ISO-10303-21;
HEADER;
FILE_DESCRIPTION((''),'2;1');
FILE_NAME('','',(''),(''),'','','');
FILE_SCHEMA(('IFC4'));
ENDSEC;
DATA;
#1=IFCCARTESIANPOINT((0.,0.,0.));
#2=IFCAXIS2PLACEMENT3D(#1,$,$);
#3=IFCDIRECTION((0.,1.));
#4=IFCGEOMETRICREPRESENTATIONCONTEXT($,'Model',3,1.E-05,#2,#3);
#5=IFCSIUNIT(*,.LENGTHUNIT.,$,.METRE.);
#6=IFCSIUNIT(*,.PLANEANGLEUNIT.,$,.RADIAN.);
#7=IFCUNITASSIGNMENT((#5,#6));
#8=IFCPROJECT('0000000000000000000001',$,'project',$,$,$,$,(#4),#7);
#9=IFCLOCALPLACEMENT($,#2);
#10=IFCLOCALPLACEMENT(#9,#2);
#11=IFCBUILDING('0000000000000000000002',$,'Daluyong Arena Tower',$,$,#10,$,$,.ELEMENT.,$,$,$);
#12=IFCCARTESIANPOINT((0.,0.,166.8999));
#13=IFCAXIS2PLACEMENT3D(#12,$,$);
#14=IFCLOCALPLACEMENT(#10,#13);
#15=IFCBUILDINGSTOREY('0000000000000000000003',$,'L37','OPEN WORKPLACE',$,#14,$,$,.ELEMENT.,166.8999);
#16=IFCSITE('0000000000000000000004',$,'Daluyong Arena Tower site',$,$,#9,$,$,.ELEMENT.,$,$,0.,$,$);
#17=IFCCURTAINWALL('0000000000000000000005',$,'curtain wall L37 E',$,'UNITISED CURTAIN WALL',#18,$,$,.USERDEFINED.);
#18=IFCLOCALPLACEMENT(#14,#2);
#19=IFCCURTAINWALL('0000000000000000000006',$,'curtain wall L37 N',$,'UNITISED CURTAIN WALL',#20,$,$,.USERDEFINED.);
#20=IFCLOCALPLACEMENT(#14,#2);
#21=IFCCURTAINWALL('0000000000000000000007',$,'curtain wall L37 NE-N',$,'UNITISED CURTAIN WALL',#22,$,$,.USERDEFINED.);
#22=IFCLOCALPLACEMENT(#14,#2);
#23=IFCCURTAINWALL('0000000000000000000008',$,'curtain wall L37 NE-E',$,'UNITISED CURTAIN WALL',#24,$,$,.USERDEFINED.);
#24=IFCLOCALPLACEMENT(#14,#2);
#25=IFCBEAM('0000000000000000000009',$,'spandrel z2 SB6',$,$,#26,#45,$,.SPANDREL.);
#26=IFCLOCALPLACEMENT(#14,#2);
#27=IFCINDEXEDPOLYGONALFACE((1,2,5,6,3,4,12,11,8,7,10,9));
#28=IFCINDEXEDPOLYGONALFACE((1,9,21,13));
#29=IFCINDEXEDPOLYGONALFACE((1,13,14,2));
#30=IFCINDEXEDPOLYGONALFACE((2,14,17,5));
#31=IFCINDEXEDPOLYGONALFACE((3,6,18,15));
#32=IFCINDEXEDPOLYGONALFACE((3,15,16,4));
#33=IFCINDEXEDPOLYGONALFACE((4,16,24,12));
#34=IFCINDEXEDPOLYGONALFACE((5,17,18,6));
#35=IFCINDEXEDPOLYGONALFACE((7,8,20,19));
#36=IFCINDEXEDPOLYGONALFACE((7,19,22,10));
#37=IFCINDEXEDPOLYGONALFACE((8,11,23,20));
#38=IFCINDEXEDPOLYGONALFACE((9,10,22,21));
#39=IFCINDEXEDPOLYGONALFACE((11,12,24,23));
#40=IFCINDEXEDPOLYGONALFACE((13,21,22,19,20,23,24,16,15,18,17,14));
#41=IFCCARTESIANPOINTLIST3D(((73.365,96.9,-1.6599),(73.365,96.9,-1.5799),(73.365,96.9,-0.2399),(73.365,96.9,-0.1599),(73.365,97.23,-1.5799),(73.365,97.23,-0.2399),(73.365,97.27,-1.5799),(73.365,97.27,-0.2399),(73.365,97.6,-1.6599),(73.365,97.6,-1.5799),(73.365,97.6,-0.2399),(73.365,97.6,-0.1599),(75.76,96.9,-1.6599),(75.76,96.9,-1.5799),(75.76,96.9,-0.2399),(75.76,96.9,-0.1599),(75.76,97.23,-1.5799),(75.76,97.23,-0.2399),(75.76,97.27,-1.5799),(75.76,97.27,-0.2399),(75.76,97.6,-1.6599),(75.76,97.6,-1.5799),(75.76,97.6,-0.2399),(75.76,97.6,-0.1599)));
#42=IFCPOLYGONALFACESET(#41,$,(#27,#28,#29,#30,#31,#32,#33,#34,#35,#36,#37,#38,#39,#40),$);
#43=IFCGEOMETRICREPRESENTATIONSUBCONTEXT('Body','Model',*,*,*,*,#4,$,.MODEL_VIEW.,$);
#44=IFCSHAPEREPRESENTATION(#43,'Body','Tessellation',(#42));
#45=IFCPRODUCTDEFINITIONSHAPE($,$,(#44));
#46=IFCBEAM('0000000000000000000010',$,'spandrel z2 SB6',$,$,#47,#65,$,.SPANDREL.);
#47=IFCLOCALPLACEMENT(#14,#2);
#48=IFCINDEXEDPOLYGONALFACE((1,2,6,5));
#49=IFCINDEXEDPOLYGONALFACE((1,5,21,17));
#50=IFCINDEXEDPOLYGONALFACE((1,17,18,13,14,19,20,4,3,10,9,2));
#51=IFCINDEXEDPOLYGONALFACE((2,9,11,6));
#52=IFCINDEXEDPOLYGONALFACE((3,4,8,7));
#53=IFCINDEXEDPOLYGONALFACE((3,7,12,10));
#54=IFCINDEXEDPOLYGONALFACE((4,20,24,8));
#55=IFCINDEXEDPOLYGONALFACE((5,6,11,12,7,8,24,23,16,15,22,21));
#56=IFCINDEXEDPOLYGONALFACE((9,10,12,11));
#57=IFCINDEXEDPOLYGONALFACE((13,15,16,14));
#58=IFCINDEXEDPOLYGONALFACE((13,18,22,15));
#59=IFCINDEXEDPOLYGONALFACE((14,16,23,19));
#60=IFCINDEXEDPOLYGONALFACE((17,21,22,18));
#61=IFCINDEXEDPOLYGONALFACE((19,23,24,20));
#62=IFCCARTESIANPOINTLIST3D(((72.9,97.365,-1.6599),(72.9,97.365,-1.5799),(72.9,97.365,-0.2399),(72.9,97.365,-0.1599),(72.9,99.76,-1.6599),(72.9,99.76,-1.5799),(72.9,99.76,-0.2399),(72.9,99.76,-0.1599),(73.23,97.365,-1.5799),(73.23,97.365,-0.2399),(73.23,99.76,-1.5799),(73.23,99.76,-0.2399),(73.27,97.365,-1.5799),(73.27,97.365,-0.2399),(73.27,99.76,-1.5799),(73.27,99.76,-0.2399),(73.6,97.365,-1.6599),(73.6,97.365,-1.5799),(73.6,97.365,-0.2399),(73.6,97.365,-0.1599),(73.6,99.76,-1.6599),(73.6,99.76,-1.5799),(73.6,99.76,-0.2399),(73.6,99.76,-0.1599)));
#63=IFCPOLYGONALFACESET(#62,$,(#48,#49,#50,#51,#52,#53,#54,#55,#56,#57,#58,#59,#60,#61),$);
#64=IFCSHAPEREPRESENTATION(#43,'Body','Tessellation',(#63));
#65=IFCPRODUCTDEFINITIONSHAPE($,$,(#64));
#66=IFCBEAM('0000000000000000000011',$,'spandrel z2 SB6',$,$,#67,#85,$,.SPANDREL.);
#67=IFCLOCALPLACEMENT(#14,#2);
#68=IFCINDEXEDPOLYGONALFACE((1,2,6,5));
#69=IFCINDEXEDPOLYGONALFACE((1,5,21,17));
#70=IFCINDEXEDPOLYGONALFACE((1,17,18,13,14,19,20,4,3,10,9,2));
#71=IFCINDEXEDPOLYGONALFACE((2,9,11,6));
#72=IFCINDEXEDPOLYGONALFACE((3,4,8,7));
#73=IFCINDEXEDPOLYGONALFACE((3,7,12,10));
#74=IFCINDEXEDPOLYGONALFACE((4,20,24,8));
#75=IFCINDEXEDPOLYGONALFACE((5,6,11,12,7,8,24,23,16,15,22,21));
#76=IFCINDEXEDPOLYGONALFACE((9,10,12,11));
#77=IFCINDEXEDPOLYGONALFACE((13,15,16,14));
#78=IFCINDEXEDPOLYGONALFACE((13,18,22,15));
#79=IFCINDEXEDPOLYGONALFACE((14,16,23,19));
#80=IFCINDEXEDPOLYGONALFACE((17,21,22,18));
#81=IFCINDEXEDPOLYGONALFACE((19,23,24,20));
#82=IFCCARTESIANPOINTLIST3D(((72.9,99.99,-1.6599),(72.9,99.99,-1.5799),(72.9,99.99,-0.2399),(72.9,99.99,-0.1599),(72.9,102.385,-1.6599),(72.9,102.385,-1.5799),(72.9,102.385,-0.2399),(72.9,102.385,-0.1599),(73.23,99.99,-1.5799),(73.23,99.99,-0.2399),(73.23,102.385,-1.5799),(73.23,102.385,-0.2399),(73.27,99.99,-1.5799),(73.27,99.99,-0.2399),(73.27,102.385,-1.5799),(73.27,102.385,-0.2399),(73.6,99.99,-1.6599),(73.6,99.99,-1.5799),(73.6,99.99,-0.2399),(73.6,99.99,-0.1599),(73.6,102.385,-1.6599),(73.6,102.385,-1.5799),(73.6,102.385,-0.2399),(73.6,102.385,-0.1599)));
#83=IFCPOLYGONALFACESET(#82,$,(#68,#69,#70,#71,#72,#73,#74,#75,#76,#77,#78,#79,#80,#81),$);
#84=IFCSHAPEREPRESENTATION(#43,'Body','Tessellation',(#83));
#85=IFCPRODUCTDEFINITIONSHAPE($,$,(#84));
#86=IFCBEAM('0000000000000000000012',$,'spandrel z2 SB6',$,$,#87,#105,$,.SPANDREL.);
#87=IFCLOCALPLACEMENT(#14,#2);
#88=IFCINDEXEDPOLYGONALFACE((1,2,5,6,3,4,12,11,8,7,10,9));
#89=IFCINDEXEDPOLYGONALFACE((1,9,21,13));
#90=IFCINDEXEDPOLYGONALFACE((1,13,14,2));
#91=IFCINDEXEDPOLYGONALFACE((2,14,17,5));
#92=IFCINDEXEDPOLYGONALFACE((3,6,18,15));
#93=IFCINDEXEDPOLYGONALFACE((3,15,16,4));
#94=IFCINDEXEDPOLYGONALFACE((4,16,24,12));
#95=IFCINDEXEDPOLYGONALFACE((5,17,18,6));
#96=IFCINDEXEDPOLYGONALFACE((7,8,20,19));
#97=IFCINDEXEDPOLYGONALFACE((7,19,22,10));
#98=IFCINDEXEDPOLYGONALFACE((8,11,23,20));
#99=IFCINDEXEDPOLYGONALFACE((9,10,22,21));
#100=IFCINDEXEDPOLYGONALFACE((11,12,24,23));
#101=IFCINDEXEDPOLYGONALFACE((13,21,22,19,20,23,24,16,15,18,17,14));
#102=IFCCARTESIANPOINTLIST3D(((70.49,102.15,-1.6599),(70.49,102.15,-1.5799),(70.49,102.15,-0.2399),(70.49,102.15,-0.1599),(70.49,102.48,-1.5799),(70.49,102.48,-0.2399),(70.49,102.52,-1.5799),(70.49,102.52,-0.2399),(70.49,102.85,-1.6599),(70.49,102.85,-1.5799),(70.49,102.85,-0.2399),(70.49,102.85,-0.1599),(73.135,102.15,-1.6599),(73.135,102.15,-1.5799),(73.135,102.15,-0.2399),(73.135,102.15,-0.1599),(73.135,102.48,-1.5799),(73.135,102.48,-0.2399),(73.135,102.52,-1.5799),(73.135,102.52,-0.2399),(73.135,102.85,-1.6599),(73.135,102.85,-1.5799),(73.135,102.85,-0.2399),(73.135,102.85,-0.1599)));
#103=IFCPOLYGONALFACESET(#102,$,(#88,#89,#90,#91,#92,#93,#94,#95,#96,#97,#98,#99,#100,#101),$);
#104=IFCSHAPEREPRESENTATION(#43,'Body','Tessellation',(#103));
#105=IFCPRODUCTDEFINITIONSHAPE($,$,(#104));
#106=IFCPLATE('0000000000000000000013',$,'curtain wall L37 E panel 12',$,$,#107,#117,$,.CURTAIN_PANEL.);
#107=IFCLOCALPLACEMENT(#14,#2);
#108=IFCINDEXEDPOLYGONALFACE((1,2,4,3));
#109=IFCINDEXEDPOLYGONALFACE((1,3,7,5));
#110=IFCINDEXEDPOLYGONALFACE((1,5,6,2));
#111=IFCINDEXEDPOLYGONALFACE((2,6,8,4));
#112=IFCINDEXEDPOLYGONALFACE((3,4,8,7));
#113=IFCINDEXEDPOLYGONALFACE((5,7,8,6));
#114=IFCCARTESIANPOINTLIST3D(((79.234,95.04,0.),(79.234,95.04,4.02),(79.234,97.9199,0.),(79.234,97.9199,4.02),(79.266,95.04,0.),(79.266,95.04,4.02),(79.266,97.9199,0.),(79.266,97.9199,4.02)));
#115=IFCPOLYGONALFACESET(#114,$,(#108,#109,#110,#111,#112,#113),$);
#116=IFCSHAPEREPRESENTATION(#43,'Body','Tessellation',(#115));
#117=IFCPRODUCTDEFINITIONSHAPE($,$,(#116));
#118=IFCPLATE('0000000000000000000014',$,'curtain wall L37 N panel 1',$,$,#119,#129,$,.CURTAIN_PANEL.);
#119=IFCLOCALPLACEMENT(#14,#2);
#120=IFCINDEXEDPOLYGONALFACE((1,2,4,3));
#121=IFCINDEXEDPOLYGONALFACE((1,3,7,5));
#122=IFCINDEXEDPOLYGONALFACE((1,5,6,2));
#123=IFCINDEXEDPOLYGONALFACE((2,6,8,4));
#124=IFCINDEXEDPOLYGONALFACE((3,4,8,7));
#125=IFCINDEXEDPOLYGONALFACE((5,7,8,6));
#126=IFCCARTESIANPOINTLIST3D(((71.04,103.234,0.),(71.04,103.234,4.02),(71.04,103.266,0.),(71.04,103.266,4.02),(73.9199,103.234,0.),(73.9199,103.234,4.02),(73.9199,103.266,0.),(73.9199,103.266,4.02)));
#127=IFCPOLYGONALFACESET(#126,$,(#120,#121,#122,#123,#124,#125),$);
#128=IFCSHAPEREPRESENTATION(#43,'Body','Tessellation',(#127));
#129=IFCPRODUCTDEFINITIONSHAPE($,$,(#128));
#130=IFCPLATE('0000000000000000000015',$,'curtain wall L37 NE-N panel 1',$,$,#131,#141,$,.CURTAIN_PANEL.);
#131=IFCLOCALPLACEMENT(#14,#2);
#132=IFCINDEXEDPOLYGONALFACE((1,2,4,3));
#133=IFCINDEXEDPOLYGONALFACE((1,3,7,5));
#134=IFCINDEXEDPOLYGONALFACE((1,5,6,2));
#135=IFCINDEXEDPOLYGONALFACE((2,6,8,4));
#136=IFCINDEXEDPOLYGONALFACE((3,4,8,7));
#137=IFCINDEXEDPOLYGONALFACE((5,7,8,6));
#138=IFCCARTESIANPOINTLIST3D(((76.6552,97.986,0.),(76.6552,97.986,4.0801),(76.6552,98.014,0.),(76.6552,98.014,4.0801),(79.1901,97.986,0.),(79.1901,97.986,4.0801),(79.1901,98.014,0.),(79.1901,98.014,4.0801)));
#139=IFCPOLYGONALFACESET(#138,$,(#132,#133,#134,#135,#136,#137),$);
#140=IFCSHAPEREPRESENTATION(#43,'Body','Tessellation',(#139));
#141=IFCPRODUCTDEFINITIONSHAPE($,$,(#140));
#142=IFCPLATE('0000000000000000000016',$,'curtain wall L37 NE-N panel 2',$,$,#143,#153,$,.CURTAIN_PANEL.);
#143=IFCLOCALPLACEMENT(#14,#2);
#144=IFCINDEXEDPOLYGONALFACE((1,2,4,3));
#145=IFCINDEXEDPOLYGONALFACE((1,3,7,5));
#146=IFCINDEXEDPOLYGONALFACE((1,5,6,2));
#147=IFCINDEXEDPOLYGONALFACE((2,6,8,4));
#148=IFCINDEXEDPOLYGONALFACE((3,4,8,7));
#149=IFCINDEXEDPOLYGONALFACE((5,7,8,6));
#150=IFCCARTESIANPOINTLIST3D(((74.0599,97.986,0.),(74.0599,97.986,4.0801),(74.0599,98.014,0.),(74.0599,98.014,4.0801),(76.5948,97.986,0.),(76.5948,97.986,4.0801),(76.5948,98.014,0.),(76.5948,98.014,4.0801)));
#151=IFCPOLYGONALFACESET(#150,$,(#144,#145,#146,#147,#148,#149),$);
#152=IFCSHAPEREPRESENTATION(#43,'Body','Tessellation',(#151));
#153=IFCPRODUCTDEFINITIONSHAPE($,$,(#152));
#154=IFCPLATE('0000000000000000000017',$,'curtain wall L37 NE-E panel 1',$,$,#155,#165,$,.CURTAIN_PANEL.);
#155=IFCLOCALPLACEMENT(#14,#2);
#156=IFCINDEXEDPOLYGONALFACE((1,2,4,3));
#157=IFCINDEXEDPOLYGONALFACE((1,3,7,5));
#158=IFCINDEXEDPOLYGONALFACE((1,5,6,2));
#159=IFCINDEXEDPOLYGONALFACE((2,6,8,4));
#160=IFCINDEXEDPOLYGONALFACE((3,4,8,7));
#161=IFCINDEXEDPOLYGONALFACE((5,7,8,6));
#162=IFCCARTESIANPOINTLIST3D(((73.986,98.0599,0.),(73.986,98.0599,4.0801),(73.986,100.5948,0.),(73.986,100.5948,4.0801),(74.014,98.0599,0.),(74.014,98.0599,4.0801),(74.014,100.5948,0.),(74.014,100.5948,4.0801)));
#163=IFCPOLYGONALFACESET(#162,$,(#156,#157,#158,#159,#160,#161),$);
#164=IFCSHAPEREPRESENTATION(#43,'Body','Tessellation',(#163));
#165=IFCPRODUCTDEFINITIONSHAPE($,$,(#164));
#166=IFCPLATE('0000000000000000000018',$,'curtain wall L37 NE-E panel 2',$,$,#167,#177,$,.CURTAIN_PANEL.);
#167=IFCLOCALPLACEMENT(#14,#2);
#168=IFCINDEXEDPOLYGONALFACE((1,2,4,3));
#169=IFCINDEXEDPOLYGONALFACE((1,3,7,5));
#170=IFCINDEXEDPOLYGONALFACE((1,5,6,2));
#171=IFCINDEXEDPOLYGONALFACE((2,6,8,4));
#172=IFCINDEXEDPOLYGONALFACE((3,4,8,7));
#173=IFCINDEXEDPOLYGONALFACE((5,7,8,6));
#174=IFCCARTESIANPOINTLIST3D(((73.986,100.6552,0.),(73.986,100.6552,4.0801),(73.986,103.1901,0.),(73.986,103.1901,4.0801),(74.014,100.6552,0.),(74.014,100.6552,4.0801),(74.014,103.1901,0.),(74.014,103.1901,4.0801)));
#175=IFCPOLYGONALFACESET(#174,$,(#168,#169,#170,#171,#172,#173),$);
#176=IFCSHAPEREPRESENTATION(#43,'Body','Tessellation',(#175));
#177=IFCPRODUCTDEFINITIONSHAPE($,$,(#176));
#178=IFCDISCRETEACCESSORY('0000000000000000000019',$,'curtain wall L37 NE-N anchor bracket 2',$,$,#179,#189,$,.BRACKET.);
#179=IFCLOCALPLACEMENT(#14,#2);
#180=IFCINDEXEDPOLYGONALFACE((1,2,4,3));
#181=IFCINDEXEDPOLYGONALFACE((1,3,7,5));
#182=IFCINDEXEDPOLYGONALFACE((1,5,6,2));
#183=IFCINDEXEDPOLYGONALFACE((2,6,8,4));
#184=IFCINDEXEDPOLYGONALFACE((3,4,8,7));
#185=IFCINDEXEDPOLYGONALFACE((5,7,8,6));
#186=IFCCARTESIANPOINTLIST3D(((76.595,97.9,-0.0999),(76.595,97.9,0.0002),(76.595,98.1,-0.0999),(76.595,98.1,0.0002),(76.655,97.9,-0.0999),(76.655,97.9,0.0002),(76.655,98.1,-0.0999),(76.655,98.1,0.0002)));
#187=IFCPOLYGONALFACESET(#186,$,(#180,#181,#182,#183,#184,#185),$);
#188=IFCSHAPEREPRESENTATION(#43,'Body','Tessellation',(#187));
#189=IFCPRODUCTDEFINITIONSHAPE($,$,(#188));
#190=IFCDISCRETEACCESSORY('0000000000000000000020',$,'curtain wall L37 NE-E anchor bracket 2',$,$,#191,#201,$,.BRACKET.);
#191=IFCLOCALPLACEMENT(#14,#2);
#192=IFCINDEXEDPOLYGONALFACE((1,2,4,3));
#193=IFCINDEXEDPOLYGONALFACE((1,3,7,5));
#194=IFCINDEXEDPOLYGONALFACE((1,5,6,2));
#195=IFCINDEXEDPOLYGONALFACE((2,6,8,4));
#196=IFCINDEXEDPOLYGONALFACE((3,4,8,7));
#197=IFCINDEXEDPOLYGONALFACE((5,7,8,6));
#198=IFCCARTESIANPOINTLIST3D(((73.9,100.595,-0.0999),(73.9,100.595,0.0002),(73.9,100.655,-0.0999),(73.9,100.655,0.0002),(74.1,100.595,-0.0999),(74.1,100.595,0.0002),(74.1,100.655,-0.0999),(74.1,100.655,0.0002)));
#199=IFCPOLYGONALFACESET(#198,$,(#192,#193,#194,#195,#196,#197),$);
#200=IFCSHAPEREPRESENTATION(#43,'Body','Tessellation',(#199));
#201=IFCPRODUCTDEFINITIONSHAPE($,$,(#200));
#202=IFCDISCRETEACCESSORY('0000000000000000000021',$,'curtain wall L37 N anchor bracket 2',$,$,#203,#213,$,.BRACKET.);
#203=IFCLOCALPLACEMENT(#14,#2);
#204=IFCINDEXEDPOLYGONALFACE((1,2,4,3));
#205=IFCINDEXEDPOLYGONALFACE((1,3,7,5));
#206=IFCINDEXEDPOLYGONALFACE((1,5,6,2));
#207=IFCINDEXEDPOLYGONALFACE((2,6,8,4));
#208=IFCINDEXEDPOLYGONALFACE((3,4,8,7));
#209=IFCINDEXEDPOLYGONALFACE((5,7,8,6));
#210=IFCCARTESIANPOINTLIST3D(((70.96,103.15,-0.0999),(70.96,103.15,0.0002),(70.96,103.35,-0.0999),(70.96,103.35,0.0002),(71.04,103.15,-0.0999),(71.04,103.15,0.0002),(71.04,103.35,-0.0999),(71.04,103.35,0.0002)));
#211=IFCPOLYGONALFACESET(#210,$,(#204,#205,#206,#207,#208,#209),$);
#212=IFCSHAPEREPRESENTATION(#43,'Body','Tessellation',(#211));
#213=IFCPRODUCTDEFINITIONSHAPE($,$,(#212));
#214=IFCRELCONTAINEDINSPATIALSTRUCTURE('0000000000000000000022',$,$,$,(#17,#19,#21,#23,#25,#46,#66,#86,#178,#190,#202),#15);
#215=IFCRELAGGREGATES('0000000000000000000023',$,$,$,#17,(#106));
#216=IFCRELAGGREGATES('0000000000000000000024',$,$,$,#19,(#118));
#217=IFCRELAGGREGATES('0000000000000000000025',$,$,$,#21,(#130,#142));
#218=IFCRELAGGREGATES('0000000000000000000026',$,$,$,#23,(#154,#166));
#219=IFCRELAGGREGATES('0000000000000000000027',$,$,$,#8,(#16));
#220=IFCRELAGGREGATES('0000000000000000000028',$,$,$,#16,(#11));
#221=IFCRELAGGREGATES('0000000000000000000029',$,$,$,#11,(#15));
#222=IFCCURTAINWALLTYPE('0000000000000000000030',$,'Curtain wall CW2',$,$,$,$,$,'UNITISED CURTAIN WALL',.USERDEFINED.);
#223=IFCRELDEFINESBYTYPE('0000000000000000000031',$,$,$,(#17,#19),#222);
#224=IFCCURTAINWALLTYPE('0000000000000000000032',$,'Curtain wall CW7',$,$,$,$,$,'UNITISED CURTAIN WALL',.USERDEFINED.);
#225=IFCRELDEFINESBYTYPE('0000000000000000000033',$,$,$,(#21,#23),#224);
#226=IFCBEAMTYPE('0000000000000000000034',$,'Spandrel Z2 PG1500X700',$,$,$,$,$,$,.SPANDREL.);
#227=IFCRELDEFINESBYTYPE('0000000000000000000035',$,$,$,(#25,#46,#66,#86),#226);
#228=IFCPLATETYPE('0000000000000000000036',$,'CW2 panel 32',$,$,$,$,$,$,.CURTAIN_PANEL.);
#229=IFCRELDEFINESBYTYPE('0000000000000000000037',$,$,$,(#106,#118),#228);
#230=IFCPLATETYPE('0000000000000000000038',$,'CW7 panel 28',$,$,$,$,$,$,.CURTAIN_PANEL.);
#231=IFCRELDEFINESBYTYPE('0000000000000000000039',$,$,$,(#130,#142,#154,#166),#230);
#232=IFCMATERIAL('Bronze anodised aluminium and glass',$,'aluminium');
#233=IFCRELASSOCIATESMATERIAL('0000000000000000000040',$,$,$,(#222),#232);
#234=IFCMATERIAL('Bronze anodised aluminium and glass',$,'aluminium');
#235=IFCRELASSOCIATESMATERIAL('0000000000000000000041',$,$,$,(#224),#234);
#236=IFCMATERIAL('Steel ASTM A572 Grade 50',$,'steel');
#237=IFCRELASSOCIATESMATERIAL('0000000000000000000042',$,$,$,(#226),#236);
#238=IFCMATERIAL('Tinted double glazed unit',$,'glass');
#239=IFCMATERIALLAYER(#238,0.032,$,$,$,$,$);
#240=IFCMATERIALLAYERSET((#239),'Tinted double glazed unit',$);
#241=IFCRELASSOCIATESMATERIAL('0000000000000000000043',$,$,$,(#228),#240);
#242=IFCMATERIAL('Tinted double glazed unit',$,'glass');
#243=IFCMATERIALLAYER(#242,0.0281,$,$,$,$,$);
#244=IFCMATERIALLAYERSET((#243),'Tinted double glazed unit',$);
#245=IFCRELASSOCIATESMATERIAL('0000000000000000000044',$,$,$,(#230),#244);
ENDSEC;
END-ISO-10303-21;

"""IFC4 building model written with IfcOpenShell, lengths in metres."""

from ifc_helpers import new_model, si_unit, direction, frame, origin, origin_2d, place, context, subcontext, project, spatial, rectangle, i_section, extrude, material, layer, layer_set, material_profile, profile_set, type_object, element, aggregate, save


model = new_model("IFC4")

# Units and contexts
model_context = context("Model", 3, precision=1e-05, world=origin(), true_north=direction((0.0, 1.0)))
body_context = subcontext(model_context, "Body", "Model", "MODEL_VIEW")
ifc_project = project(units=[si_unit("LENGTHUNIT", "METRE"), si_unit("PLANEANGLEUNIT", "RADIAN")], contexts=[model_context])

# Site, building, storey
site_placement = place(None, origin())
site = spatial("IfcSite", under=ifc_project, at=site_placement, Name="Daluyong Arena Tower site", CompositionType="ELEMENT", RefElevation=0.0)
building_placement = place(site_placement, origin())
building = spatial("IfcBuilding", under=site, at=building_placement, Name="Daluyong Arena Tower", CompositionType="ELEMENT")
storey_placement = place(building_placement, frame((0.0, 0.0, 166.8999)))
storey = spatial("IfcBuildingStorey", under=building, at=storey_placement, Name="L37", Description="OPEN WORKPLACE", CompositionType="ELEMENT", Elevation=166.8999)

# Curtain wall
ifc_material_1 = material(Name="Bronze anodised aluminium and glass", Category="aluminium")
curtain_wall_type_1 = type_object("IfcCurtainWallType", Name="Curtain wall CW2", ElementType="UNITISED CURTAIN WALL", PredefinedType="USERDEFINED", material=ifc_material_1)
curtain_wall_1_placement = place(storey_placement, origin())
curtain_wall_1 = element("IfcCurtainWall", 1, at=curtain_wall_1_placement, inside=storey, type_object=curtain_wall_type_1, Name="curtain wall L37 E", ObjectType="UNITISED CURTAIN WALL", PredefinedType="USERDEFINED")

# Curtain walls
curtain_wall_2_placement = place(storey_placement, origin())
curtain_wall_2 = element("IfcCurtainWall", 2, at=curtain_wall_2_placement, inside=storey, type_object=curtain_wall_type_1, Name="curtain wall L37 N", ObjectType="UNITISED CURTAIN WALL", PredefinedType="USERDEFINED")
ifc_material_2 = material(Name="Bronze anodised aluminium and glass", Category="aluminium")
curtain_wall_type_2 = type_object("IfcCurtainWallType", Name="Curtain wall CW7", ElementType="UNITISED CURTAIN WALL", PredefinedType="USERDEFINED", material=ifc_material_2)
curtain_wall_3_placement = place(storey_placement, origin())
curtain_wall_3 = element("IfcCurtainWall", 3, at=curtain_wall_3_placement, inside=storey, type_object=curtain_wall_type_2, Name="curtain wall L37 NE-N", ObjectType="UNITISED CURTAIN WALL", PredefinedType="USERDEFINED")
curtain_wall_4_placement = place(storey_placement, origin())
curtain_wall_4 = element("IfcCurtainWall", 4, at=curtain_wall_4_placement, inside=storey, type_object=curtain_wall_type_2, Name="curtain wall L37 NE-E", ObjectType="UNITISED CURTAIN WALL", PredefinedType="USERDEFINED")

# Beams
ifc_material_3 = material(Name="Steel ASTM A572 Grade 50", Category="steel")
ifc_material_profile_1 = material_profile(ifc_material_3, i_section(OverallWidth=0.7, OverallDepth=1.5, WebThickness=0.04, FlangeThickness=0.08, at=origin_2d()))
ifc_profile_set_1 = profile_set([ifc_material_profile_1], Name="Steel ASTM A572 Grade 50")
beam_type_1 = type_object("IfcBeamType", Name="Spandrel Z2 PG1500X700", PredefinedType="SPANDREL", material=ifc_profile_set_1)
for number, where, z_axis, x_axis, name in (
    (5, (75.76, 97.25, -0.9099), (-1.0, 0.0, 0.0), (0.0, -1.0, 0.0), "spandrel z2 SB6"),
    (6, (73.25, 97.365, -0.9099), (0.0, 1.0, 0.0), (-1.0, 0.0, 0.0), "spandrel z2 SB6"),
    (7, (73.25, 99.99, -0.9099), (0.0, 1.0, 0.0), (-1.0, 0.0, 0.0), "spandrel z2 SB6"),
):
    element("IfcBeam", number, at=place(storey_placement, frame(where, z_axis=z_axis, x_axis=x_axis)), inside=storey, type_object=beam_type_1, Name=name, PredefinedType="SPANDREL", context=body_context, shape_type="SweptSolid", body=[
        extrude(i_section(OverallWidth=0.7, OverallDepth=1.5, WebThickness=0.04, FlangeThickness=0.08, at=origin_2d()), origin(), (0.0, 0.0, 1.0), 2.395),
    ])
beam_1_placement = place(storey_placement, frame((73.135, 102.5, -0.9099), z_axis=(-1.0, 0.0, 0.0), x_axis=(0.0, -1.0, 0.0)))
element("IfcBeam", 8, at=beam_1_placement, inside=storey, type_object=beam_type_1, Name="spandrel z2 SB6", PredefinedType="SPANDREL", context=body_context, shape_type="SweptSolid", body=[
    extrude(i_section(OverallWidth=0.7, OverallDepth=1.5, WebThickness=0.04, FlangeThickness=0.08, at=origin_2d()), origin(), (0.0, 0.0, 1.0), 2.645),
])

# Plates
ifc_material_4 = material(Name="Tinted double glazed unit", Category="glass")
ifc_layer_1 = layer(ifc_material_4, 0.032)
ifc_layer_set_1 = layer_set([ifc_layer_1], Name="Tinted double glazed unit")
plate_type_1 = type_object("IfcPlateType", Name="CW2 panel 32", PredefinedType="CURTAIN_PANEL", material=ifc_layer_set_1)
plate_1_placement = place(storey_placement, frame((79.25, 96.48, 0.0), z_axis=(0.0, 0.0, 1.0), x_axis=(0.0, 1.0, 0.0)))
plate_1 = element("IfcPlate", 9, at=plate_1_placement, type_object=plate_type_1, Name="curtain wall L37 E panel 12", PredefinedType="CURTAIN_PANEL", context=body_context, shape_type="SweptSolid", body=[
    extrude(rectangle(XDim=2.8799, YDim=0.032, at=origin_2d()), origin(), (0.0, 0.0, 1.0), 4.02),
])
aggregate(curtain_wall_1, [plate_1])
plate_2_placement = place(storey_placement, frame((72.48, 103.25, 0.0), z_axis=(0.0, 0.0, 1.0), x_axis=(-1.0, 0.0, 0.0)))
plate_2 = element("IfcPlate", 10, at=plate_2_placement, type_object=plate_type_1, Name="curtain wall L37 N panel 1", PredefinedType="CURTAIN_PANEL", context=body_context, shape_type="SweptSolid", body=[
    extrude(rectangle(XDim=2.8799, YDim=0.032, at=origin_2d()), origin(), (0.0, 0.0, 1.0), 4.02),
])
aggregate(curtain_wall_2, [plate_2])
ifc_material_5 = material(Name="Tinted double glazed unit", Category="glass")
ifc_layer_2 = layer(ifc_material_5, 0.0281)
ifc_layer_set_2 = layer_set([ifc_layer_2], Name="Tinted double glazed unit")
plate_type_2 = type_object("IfcPlateType", Name="CW7 panel 28", PredefinedType="CURTAIN_PANEL", material=ifc_layer_set_2)
plate_3_placement = place(storey_placement, frame((77.9226, 98.0, 0.0), z_axis=(0.0, 0.0, 1.0), x_axis=(-1.0, 0.0, 0.0)))
plate_3 = element("IfcPlate", 11, at=plate_3_placement, type_object=plate_type_2, Name="curtain wall L37 NE-N panel 1", PredefinedType="CURTAIN_PANEL", context=body_context, shape_type="SweptSolid", body=[
    extrude(rectangle(XDim=2.5349, YDim=0.0281, at=origin_2d()), origin(), (0.0, 0.0, 1.0), 4.0801),
])
plate_4_placement = place(storey_placement, frame((75.3274, 98.0, 0.0), z_axis=(0.0, 0.0, 1.0), x_axis=(-1.0, 0.0, 0.0)))
plate_4 = element("IfcPlate", 12, at=plate_4_placement, type_object=plate_type_2, Name="curtain wall L37 NE-N panel 2", PredefinedType="CURTAIN_PANEL", context=body_context, shape_type="SweptSolid", body=[
    extrude(rectangle(XDim=2.5349, YDim=0.0281, at=origin_2d()), origin(), (0.0, 0.0, 1.0), 4.0801),
])
aggregate(curtain_wall_3, [plate_3, plate_4])
plate_5_placement = place(storey_placement, frame((74.0, 99.3274, 0.0), z_axis=(0.0, 0.0, 1.0), x_axis=(0.0, 1.0, 0.0)))
plate_5 = element("IfcPlate", 13, at=plate_5_placement, type_object=plate_type_2, Name="curtain wall L37 NE-E panel 1", PredefinedType="CURTAIN_PANEL", context=body_context, shape_type="SweptSolid", body=[
    extrude(rectangle(XDim=2.5349, YDim=0.0281, at=origin_2d()), origin(), (0.0, 0.0, 1.0), 4.0801),
])
plate_6_placement = place(storey_placement, frame((74.0, 101.9226, 0.0), z_axis=(0.0, 0.0, 1.0), x_axis=(0.0, 1.0, 0.0)))
plate_6 = element("IfcPlate", 14, at=plate_6_placement, type_object=plate_type_2, Name="curtain wall L37 NE-E panel 2", PredefinedType="CURTAIN_PANEL", context=body_context, shape_type="SweptSolid", body=[
    extrude(rectangle(XDim=2.5349, YDim=0.0281, at=origin_2d()), origin(), (0.0, 0.0, 1.0), 4.0801),
])
aggregate(curtain_wall_4, [plate_5, plate_6])

# Discrete accessories
for number, where, z_axis, x_axis, name in (
    (15, (76.625, 98.0, -0.0999), (0.0, 0.0, 1.0), (-1.0, 0.0, 0.0), "curtain wall L37 NE-N anchor bracket 2"),
    (16, (74.0, 100.625, -0.0999), (0.0, 0.0, 1.0), (0.0, 1.0, 0.0), "curtain wall L37 NE-E anchor bracket 2"),
):
    element("IfcDiscreteAccessory", number, at=place(storey_placement, frame(where, z_axis=z_axis, x_axis=x_axis)), inside=storey, Name=name, PredefinedType="BRACKET", context=body_context, shape_type="SweptSolid", body=[
        extrude(rectangle(XDim=0.0601, YDim=0.2, at=origin_2d()), origin(), (0.0, 0.0, 1.0), 0.1001),
    ])
discrete_accessory_placement = place(storey_placement, frame((71.0, 103.25, -0.0999), z_axis=(0.0, 0.0, 1.0), x_axis=(-1.0, 0.0, 0.0)))
element("IfcDiscreteAccessory", 17, at=discrete_accessory_placement, inside=storey, Name="curtain wall L37 N anchor bracket 2", PredefinedType="BRACKET", context=body_context, shape_type="SweptSolid", body=[
    extrude(rectangle(XDim=0.0801, YDim=0.2, at=origin_2d()), origin(), (0.0, 0.0, 1.0), 0.1001),
])

save(model, "model.ifc")
